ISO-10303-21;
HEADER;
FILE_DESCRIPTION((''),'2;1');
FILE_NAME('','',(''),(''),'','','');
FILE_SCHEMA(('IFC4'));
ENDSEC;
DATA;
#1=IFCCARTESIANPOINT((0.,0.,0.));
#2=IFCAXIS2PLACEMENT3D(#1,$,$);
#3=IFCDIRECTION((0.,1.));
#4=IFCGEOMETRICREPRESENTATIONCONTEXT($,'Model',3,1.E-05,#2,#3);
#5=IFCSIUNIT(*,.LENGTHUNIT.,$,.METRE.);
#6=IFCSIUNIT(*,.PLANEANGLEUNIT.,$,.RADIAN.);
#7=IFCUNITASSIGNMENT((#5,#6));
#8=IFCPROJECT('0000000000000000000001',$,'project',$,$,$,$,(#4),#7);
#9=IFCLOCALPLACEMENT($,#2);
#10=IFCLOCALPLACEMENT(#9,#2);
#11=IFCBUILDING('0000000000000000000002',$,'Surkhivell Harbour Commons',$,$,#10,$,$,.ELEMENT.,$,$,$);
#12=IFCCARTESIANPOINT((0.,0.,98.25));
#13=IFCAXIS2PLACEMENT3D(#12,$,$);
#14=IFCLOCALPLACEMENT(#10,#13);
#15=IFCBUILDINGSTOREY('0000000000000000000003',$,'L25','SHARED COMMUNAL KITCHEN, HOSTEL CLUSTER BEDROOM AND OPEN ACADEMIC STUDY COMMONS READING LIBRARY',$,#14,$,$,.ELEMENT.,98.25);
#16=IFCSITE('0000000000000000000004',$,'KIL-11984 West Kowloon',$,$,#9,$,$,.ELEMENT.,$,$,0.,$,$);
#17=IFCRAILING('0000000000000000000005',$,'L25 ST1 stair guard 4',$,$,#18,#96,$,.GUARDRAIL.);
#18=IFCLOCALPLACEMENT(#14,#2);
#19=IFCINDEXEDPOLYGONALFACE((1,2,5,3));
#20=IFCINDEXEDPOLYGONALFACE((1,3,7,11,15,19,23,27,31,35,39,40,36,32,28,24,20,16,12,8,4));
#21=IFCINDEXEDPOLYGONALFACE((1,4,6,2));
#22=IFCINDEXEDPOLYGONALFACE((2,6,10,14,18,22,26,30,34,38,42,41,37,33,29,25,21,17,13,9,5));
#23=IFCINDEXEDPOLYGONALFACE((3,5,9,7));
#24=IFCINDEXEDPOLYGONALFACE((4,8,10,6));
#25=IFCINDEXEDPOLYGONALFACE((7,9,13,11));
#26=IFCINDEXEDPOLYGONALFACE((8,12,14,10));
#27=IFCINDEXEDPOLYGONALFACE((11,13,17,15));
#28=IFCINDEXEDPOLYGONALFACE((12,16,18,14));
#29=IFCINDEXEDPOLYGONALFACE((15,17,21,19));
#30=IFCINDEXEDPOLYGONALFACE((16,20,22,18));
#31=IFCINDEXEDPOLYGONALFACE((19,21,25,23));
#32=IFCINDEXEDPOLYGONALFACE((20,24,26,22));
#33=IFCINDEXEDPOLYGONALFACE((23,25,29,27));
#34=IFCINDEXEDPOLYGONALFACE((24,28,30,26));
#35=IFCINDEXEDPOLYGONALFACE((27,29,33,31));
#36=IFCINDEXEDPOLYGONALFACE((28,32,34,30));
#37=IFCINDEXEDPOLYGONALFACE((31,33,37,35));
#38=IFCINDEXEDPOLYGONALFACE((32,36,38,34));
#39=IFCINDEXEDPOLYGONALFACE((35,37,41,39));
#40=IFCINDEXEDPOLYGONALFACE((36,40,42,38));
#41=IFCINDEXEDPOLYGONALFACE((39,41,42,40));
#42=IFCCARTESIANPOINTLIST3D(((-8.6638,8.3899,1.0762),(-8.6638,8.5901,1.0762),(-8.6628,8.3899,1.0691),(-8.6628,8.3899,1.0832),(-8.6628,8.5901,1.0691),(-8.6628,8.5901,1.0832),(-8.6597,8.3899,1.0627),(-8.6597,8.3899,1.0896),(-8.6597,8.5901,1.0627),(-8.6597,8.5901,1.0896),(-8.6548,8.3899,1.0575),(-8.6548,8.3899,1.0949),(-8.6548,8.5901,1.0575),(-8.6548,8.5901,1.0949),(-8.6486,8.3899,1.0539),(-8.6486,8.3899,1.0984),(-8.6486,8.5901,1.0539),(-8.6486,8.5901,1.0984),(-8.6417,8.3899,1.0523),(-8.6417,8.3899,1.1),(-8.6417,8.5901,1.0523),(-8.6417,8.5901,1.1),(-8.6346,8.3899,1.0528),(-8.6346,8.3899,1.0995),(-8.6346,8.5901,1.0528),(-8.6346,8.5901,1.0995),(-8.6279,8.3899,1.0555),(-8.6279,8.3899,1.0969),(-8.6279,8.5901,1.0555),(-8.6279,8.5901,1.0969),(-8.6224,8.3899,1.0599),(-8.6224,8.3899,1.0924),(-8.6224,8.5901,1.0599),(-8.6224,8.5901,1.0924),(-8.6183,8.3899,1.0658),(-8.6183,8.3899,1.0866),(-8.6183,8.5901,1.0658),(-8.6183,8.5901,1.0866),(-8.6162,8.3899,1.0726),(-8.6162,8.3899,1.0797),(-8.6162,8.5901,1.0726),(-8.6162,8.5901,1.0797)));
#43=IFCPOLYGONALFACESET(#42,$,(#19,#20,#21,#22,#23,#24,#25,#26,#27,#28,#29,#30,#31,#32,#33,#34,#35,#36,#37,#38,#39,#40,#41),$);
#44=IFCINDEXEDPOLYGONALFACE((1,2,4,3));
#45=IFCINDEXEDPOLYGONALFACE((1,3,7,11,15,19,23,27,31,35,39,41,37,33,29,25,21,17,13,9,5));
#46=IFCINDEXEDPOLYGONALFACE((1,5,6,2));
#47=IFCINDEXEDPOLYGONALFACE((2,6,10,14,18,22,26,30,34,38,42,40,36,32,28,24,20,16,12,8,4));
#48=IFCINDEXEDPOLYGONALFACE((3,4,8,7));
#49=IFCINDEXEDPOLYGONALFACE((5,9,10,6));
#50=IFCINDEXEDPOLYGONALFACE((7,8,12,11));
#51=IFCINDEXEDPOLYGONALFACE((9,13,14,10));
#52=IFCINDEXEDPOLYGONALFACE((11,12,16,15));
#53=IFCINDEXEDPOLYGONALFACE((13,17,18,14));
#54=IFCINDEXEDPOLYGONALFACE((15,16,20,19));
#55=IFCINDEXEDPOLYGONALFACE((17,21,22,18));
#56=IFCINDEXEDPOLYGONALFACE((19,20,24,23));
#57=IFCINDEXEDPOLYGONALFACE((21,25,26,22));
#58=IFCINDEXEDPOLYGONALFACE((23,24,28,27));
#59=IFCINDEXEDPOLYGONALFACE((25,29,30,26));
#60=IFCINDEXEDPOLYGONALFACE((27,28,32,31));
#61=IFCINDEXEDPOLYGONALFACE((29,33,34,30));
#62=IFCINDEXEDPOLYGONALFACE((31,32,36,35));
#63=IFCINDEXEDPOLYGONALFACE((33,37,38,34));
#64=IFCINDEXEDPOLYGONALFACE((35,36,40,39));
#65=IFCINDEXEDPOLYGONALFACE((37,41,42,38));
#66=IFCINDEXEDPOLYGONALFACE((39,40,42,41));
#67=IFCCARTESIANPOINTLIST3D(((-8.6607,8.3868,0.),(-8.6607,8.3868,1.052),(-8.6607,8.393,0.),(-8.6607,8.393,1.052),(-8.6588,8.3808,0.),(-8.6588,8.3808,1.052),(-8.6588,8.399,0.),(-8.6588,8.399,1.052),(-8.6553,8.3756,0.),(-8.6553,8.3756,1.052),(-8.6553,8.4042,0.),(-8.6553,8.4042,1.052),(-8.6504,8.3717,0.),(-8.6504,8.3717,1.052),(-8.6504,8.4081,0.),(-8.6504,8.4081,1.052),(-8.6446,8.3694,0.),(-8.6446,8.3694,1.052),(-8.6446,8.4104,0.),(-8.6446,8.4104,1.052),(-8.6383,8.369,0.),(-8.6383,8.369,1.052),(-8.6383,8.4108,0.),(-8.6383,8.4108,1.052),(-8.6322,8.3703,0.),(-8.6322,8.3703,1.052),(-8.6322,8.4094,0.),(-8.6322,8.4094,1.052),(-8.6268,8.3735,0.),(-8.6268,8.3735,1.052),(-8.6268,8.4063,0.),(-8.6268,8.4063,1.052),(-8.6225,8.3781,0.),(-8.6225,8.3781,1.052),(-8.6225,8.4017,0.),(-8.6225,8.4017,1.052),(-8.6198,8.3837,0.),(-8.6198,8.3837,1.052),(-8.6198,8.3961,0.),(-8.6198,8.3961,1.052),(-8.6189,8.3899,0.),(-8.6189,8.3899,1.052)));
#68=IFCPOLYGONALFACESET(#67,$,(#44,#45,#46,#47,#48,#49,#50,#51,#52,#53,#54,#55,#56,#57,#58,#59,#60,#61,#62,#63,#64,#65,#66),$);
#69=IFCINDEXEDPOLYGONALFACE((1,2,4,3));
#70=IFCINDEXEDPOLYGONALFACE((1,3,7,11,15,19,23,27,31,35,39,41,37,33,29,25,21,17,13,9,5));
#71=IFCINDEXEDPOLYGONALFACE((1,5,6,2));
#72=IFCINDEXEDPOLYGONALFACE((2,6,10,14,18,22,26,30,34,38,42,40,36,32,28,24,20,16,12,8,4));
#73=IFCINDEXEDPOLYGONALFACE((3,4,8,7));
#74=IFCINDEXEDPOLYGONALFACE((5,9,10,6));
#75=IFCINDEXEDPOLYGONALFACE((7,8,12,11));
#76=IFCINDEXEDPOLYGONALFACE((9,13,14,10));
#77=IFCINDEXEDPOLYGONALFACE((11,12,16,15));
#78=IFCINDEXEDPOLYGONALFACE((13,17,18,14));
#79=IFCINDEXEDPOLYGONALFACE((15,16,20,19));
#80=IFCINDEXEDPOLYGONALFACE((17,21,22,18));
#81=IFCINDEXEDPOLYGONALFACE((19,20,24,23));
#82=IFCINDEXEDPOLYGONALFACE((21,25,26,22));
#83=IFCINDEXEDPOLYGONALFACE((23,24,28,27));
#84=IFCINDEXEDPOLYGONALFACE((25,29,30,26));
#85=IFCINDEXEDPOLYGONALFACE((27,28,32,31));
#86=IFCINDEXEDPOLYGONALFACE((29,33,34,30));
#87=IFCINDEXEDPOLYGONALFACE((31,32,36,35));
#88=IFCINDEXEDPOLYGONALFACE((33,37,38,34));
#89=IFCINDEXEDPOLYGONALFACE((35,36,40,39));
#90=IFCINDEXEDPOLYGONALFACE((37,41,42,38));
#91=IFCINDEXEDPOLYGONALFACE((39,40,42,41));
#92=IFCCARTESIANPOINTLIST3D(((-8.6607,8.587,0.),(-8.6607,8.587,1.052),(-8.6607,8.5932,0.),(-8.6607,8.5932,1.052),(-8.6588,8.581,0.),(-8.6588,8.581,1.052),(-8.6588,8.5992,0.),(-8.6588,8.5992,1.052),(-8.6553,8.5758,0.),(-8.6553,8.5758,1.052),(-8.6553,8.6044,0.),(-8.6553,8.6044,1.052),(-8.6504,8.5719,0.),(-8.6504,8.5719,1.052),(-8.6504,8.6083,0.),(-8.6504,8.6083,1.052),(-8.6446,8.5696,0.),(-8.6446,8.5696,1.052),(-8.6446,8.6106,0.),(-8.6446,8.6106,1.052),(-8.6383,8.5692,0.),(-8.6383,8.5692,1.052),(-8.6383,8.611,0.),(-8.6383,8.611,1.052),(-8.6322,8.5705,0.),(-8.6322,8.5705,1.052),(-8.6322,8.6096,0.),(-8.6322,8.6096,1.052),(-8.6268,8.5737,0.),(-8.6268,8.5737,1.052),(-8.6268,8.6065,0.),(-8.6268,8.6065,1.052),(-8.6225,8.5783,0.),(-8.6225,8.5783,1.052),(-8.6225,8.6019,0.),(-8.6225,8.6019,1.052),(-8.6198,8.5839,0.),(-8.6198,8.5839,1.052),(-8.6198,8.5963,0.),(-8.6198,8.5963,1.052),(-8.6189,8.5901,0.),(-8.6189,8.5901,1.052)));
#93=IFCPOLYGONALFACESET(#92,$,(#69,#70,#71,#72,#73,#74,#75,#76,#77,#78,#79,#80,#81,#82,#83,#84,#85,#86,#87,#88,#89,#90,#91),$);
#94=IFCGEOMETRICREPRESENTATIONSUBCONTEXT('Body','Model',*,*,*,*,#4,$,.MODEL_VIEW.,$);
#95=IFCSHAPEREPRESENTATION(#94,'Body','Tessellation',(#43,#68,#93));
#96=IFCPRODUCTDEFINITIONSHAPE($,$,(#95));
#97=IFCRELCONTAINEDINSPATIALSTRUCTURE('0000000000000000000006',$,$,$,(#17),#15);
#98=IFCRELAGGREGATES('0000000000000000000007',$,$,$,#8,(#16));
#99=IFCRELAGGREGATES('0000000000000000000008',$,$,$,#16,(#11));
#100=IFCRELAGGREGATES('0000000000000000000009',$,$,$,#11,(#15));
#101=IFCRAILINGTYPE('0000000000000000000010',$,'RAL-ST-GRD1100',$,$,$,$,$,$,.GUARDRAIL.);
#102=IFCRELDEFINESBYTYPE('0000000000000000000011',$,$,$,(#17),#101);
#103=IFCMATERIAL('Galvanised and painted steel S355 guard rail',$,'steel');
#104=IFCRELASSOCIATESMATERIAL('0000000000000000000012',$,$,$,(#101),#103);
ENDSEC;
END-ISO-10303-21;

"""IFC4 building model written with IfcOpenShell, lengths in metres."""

from ifc_helpers import new_model, si_unit, direction, frame, origin, origin_2d, place, context, subcontext, project, spatial, circle, extrude, material, type_object, element, save


model = new_model("IFC4")

# Units and contexts
model_context = context("Model", 3, precision=1e-05, world=origin(), true_north=direction((0.0, 1.0)))
body_context = subcontext(model_context, "Body", "Model", "MODEL_VIEW")
ifc_project = project(units=[si_unit("LENGTHUNIT", "METRE"), si_unit("PLANEANGLEUNIT", "RADIAN")], contexts=[model_context])

# Site, building, storey
site_placement = place(None, origin())
site = spatial("IfcSite", under=ifc_project, at=site_placement, Name="KIL-11984 West Kowloon", CompositionType="ELEMENT", RefElevation=0.0)
building_placement = place(site_placement, origin())
building = spatial("IfcBuilding", under=site, at=building_placement, Name="Surkhivell Harbour Commons", CompositionType="ELEMENT")
storey_placement = place(building_placement, frame((0.0, 0.0, 98.25)))
storey = spatial("IfcBuildingStorey", under=building, at=storey_placement, Name="L25", Description="SHARED COMMUNAL KITCHEN, HOSTEL CLUSTER BEDROOM AND OPEN ACADEMIC STUDY COMMONS READING LIBRARY", CompositionType="ELEMENT", Elevation=98.25)

# Railing
ifc_material_1 = material(Name="Galvanised and painted steel S355 guard rail", Category="steel")
railing_type_1 = type_object("IfcRailingType", Name="RAL-ST-GRD1100", PredefinedType="GUARDRAIL", material=ifc_material_1)
railing_1_placement = place(storey_placement, frame((-8.6399, 8.3899, 0.0)))
element("IfcRailing", 1, at=railing_1_placement, inside=storey, type_object=railing_type_1, Name="L25 ST1 stair guard 4", PredefinedType="GUARDRAIL", context=body_context, shape_type="SweptSolid", body=[
    extrude(circle(Radius=0.0239, at=origin_2d()), frame((0.0, 0.0, 1.0762), z_axis=(0.0, 1.0, 0.0), x_axis=(-1.0, 0.0, 0.0)), (0.0, 0.0, 1.0), 0.2002),
    extrude(circle(Radius=0.021, at=origin_2d()), origin(), (0.0, 0.0, 1.0), 1.052),
    extrude(circle(Radius=0.021, at=origin_2d()), frame((0.0, 0.2002, 0.0)), (0.0, 0.0, 1.0), 1.052),
])

save(model, "model.ifc")
